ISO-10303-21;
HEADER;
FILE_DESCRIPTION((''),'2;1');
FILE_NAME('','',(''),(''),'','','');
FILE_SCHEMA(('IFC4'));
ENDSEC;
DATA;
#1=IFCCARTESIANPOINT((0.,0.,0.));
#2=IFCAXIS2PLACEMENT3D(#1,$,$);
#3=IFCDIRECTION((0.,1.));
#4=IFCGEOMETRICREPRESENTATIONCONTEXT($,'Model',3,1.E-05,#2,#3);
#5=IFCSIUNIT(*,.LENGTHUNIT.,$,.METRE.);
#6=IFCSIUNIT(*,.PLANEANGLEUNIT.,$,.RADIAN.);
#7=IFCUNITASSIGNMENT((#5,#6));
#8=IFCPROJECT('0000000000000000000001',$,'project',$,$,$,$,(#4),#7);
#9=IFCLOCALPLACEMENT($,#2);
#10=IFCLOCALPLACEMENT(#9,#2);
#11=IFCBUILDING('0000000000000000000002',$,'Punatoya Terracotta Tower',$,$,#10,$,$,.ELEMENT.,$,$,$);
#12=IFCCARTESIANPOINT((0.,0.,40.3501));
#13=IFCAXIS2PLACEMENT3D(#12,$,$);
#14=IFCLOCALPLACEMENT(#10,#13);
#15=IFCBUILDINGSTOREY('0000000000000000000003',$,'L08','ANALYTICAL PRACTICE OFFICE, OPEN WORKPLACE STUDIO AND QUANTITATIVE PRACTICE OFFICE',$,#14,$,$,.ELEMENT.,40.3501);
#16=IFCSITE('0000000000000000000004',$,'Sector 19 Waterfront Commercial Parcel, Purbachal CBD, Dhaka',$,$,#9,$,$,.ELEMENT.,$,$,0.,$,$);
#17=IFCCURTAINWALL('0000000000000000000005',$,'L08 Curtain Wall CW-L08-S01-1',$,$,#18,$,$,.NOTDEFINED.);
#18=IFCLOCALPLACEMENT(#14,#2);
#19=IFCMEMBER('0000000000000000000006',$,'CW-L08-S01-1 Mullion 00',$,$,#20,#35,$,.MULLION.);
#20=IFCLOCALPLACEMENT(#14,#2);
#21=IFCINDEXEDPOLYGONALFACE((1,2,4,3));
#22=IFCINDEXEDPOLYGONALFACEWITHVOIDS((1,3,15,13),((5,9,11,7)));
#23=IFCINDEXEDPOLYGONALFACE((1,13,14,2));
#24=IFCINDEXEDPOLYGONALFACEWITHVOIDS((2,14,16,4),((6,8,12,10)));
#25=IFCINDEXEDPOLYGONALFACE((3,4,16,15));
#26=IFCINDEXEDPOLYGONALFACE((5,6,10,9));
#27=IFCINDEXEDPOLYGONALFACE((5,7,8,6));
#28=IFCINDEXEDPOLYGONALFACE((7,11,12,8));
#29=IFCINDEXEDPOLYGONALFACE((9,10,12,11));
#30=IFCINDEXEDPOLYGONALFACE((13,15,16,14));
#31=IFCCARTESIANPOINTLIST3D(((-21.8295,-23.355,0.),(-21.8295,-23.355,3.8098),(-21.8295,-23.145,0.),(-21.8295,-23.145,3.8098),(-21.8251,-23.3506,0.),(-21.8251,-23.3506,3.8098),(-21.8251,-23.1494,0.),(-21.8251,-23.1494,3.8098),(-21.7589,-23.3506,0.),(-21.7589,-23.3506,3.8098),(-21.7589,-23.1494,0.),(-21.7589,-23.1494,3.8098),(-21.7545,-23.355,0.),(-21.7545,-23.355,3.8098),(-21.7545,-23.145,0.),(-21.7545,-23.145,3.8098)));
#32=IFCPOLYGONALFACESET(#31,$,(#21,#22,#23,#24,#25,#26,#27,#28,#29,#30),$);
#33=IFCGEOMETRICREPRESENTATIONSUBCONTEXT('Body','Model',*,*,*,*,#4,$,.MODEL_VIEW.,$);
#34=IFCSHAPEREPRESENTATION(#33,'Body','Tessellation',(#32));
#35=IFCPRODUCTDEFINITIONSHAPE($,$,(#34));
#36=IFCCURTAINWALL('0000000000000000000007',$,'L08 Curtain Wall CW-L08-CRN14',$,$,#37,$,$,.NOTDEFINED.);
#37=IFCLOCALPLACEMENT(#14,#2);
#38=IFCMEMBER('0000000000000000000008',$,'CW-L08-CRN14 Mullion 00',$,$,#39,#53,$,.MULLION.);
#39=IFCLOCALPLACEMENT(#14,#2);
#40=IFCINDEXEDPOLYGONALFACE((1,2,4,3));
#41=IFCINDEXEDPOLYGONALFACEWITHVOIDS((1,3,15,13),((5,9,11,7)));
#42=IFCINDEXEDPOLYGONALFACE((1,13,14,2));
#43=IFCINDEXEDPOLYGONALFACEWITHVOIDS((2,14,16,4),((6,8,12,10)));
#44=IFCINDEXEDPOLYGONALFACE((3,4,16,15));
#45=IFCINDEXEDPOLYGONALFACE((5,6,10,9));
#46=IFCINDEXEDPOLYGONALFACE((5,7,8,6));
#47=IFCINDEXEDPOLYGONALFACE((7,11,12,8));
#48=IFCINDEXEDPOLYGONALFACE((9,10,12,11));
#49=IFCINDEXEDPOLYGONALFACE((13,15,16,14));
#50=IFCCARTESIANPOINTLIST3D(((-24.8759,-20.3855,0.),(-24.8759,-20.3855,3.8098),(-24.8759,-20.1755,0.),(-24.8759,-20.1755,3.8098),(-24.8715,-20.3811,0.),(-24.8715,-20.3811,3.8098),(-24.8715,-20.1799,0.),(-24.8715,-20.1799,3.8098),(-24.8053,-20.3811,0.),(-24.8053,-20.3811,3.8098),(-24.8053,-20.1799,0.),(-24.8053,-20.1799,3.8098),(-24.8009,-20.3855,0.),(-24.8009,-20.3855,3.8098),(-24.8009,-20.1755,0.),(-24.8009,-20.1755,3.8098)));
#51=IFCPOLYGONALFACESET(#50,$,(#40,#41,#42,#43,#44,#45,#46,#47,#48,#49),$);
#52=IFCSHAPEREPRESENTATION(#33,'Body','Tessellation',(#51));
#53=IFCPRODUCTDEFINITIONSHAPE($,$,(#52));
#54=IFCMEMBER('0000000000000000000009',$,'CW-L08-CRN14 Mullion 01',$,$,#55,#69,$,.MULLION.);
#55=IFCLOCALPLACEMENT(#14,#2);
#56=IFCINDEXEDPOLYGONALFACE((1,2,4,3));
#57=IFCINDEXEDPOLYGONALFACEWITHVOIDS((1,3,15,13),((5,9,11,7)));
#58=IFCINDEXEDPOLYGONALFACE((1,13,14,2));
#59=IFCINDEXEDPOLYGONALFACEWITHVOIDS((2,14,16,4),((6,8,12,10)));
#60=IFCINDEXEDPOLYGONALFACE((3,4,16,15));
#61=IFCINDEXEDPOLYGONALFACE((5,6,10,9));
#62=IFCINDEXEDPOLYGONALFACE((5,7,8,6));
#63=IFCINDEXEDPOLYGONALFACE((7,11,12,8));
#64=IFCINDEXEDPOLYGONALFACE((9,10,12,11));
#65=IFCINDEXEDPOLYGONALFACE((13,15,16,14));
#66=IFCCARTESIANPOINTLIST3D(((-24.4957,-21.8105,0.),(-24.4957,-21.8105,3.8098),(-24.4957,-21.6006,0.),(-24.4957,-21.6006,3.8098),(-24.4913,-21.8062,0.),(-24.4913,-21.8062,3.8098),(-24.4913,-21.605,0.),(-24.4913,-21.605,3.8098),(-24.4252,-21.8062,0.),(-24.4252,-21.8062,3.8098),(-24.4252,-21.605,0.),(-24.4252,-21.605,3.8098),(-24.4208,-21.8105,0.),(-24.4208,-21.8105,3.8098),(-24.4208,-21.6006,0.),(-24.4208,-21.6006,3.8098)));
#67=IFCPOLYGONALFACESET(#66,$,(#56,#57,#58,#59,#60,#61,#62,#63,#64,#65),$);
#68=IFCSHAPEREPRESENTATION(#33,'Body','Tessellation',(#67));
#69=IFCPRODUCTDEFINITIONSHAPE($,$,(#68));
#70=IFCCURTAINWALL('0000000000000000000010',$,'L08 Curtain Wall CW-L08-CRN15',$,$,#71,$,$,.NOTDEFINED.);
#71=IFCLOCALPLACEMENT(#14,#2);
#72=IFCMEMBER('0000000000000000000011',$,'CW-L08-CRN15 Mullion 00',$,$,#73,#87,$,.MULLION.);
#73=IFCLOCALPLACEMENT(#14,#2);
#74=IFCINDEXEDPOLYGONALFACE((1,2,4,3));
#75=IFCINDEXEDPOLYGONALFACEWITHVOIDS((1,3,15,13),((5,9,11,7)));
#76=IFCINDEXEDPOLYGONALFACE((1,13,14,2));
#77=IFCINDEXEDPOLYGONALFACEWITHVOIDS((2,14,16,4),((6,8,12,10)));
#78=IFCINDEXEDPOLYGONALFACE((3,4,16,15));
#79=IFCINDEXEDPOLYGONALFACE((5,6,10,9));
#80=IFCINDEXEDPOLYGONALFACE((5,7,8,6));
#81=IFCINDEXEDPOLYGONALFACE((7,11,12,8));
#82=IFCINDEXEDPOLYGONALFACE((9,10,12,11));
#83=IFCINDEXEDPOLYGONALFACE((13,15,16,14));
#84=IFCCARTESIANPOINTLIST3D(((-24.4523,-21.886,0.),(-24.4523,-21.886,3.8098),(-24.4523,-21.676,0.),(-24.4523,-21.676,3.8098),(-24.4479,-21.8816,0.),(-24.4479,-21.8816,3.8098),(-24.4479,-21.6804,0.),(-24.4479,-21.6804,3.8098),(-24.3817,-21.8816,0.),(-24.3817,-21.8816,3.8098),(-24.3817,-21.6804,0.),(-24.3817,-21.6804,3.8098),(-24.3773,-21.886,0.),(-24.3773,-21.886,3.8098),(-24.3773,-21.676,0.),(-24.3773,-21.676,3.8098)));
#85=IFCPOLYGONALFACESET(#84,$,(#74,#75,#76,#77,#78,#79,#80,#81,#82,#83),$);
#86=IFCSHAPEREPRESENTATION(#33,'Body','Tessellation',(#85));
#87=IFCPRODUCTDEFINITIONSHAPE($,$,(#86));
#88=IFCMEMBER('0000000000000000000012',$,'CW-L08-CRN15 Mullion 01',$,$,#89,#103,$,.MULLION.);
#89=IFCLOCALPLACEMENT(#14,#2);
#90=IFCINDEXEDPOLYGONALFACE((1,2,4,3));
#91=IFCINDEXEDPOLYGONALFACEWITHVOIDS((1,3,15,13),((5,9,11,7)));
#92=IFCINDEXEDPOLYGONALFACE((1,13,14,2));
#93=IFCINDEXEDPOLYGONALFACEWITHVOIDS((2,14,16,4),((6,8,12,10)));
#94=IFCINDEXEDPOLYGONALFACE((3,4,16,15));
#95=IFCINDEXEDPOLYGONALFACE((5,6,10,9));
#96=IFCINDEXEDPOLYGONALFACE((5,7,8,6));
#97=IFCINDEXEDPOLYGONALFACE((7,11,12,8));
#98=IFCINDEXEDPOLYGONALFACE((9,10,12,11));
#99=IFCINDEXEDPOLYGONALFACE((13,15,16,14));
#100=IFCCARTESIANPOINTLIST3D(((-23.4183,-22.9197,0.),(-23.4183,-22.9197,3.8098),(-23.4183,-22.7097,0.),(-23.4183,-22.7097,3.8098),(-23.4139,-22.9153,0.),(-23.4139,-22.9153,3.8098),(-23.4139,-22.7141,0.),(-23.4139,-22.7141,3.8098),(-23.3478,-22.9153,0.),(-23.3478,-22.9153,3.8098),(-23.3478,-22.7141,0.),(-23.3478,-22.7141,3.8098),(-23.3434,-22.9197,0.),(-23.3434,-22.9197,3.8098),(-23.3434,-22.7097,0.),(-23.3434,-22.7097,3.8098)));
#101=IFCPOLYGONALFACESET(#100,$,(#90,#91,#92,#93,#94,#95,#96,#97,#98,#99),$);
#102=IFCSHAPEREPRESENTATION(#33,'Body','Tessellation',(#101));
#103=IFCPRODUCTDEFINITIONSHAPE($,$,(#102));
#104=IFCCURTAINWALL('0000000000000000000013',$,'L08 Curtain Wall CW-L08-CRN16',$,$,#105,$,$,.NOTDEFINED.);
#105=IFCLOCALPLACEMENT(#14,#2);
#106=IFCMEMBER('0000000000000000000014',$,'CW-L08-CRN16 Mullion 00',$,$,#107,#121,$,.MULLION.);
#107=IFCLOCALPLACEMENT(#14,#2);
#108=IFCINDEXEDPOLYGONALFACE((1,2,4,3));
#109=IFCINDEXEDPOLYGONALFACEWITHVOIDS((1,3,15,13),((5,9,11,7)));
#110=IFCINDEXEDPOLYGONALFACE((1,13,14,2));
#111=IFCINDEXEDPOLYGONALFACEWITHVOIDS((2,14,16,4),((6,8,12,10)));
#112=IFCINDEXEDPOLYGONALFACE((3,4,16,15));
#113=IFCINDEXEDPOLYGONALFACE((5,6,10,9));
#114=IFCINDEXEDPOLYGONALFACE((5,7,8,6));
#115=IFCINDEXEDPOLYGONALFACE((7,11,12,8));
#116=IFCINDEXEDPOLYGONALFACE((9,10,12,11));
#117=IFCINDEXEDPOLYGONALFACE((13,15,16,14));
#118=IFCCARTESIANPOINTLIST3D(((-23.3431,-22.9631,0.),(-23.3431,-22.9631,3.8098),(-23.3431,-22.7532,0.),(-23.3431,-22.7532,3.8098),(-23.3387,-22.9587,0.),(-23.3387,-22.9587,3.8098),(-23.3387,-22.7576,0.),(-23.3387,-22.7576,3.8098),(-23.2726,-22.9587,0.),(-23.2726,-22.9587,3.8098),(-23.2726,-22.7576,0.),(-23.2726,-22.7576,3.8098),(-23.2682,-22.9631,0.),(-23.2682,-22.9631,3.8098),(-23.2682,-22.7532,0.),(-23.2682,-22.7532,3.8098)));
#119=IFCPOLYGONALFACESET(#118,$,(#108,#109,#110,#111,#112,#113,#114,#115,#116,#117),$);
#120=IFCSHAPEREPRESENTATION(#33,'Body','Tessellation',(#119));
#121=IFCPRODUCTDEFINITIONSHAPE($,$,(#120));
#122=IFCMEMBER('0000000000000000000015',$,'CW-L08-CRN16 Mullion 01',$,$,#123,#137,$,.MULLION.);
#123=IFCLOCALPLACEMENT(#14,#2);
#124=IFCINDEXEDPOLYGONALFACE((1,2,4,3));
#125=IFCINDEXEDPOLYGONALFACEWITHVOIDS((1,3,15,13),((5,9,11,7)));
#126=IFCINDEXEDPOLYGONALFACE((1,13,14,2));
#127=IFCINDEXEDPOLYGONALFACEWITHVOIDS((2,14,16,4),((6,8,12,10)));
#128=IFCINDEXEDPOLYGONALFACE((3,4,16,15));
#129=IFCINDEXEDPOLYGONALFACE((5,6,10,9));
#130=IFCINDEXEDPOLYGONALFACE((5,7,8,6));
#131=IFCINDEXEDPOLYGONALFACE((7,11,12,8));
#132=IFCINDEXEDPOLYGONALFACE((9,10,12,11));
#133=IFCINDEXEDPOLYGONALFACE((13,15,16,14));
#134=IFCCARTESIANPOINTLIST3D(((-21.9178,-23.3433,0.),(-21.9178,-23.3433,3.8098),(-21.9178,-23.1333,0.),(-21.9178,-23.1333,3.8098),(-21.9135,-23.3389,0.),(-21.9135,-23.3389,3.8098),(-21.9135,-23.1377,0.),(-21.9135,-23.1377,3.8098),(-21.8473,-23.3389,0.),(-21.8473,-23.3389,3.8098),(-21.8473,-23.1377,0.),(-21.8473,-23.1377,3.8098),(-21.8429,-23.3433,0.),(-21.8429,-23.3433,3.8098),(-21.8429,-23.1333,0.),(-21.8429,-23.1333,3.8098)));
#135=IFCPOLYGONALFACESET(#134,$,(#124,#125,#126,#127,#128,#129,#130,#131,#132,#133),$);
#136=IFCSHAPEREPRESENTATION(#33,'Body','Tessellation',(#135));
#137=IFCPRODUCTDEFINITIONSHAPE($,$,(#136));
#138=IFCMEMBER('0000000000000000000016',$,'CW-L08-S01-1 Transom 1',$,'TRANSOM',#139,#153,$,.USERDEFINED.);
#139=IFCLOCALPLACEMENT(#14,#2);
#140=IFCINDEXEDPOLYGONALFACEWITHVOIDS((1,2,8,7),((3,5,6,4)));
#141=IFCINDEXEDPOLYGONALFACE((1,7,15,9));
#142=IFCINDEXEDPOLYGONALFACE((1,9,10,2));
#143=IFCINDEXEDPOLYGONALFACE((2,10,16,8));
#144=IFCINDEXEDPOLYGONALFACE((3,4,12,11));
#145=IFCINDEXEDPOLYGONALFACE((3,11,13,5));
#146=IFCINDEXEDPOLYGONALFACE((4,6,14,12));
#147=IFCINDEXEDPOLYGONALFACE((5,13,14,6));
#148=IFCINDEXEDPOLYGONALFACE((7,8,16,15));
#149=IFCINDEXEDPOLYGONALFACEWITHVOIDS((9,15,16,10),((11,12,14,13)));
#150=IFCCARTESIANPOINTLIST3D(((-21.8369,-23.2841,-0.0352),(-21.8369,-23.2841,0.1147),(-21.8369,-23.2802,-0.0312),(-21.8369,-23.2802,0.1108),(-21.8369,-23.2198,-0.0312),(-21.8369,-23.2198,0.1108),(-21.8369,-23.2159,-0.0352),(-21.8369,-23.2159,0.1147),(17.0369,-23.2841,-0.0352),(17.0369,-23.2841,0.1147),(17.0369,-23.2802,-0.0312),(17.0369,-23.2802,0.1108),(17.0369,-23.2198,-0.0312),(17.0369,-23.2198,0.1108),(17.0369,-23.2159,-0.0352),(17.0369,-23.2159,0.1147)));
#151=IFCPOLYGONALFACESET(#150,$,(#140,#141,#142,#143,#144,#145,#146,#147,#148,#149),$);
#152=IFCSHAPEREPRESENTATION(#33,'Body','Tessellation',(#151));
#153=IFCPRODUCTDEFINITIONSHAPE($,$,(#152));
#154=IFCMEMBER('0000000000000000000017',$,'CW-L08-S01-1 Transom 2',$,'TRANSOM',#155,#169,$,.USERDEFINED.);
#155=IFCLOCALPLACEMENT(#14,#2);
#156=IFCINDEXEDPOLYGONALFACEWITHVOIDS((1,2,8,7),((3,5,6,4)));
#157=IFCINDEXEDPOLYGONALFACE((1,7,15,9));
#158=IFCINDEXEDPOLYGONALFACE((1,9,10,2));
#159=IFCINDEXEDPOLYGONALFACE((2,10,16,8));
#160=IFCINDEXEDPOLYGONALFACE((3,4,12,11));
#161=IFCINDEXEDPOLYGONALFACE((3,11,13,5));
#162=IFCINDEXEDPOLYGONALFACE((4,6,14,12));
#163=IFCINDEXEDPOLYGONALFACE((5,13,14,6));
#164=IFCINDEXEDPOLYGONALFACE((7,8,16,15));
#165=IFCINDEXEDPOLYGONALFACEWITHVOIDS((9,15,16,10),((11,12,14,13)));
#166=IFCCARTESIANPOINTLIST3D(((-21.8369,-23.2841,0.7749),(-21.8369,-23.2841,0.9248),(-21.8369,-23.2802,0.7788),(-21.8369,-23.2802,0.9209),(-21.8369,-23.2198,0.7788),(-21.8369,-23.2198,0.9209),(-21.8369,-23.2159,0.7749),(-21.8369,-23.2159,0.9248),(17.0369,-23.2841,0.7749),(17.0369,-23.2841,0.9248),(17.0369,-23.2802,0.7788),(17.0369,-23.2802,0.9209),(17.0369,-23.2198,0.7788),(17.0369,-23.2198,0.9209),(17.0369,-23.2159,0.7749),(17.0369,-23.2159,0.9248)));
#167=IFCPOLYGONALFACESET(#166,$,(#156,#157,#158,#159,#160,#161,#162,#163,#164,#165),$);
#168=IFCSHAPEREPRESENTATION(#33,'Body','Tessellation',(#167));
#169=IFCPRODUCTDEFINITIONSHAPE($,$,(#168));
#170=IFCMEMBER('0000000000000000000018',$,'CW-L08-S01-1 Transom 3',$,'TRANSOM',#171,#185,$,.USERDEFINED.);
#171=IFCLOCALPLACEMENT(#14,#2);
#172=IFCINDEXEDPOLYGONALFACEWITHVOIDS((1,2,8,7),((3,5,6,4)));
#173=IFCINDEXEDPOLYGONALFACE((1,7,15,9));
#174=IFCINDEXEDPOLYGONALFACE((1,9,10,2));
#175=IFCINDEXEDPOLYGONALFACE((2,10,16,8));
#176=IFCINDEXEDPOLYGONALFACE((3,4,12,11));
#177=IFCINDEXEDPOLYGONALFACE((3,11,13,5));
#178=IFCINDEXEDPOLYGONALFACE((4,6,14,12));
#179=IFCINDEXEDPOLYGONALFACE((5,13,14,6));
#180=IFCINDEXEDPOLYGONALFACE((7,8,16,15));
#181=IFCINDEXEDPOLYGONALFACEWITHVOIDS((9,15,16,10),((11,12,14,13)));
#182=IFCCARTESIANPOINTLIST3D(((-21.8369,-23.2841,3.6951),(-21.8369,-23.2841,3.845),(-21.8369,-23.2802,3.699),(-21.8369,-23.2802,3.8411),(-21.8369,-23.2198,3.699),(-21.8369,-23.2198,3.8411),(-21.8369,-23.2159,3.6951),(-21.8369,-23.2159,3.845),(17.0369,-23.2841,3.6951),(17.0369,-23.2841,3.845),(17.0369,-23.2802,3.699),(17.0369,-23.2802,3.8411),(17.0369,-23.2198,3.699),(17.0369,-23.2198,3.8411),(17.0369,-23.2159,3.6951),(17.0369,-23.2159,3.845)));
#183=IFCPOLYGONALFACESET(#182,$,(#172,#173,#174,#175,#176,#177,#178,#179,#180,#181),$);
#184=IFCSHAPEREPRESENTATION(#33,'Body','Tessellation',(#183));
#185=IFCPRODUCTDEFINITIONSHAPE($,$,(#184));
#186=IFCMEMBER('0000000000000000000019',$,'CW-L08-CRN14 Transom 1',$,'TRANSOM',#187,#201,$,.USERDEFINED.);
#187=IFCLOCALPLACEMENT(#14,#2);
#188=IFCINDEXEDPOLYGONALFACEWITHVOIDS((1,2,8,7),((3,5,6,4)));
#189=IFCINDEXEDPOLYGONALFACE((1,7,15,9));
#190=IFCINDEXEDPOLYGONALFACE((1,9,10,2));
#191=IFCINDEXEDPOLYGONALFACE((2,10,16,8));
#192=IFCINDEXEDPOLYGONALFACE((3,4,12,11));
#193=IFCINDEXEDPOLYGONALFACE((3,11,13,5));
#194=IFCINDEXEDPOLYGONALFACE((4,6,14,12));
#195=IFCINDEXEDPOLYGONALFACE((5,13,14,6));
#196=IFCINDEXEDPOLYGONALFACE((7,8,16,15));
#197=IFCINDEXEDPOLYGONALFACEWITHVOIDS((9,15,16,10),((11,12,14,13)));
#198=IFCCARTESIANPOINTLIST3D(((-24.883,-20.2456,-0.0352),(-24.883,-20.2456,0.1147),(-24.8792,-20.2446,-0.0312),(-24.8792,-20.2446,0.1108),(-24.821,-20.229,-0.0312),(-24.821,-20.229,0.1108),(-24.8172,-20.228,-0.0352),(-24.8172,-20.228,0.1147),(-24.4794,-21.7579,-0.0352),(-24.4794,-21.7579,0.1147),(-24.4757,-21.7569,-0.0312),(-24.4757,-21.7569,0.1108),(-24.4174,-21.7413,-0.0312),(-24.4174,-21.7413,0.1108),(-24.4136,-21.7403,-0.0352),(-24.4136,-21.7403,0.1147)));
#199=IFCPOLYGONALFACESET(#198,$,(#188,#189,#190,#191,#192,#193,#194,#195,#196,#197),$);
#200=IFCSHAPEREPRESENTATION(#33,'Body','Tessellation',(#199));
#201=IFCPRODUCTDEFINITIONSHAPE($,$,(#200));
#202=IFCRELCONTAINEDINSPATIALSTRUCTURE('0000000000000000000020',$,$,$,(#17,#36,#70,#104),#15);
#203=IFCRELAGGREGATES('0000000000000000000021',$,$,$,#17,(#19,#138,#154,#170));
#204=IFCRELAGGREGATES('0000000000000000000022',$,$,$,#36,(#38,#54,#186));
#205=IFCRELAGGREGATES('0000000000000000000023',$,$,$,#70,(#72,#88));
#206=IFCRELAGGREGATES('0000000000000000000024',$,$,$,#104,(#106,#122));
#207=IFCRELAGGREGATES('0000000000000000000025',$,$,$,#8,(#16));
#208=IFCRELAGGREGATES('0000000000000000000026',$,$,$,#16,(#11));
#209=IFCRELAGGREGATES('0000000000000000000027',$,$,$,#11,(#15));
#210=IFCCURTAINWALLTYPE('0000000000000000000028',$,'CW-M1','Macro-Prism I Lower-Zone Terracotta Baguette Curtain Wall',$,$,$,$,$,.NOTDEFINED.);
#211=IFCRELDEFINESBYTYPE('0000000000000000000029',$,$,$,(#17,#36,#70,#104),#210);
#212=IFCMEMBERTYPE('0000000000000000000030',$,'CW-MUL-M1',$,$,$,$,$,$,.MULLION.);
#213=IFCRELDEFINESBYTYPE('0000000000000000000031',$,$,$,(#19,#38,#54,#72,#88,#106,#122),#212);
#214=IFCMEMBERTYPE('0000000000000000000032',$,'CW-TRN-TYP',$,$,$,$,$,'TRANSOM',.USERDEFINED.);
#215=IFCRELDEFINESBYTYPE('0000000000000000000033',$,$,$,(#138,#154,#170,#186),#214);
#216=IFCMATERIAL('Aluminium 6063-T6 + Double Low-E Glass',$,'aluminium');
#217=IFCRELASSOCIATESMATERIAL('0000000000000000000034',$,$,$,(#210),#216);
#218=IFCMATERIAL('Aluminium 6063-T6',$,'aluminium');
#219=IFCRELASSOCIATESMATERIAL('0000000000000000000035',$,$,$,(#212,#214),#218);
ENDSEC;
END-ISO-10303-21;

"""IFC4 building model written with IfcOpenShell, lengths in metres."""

from ifc_helpers import new_model, si_unit, direction, frame, origin, origin_2d, place, context, subcontext, project, spatial, hollow_rectangle, extrude, material, material_profile, profile_set, type_object, element, aggregate, save


model = new_model("IFC4")

# Units and contexts
model_context = context("Model", 3, precision=1e-05, world=origin(), true_north=direction((0.0, 1.0)))
body_context = subcontext(model_context, "Body", "Model", "MODEL_VIEW")
ifc_project = project(units=[si_unit("LENGTHUNIT", "METRE"), si_unit("PLANEANGLEUNIT", "RADIAN")], contexts=[model_context])

# Site, building, storey
site_placement = place(None, origin())
site = spatial("IfcSite", under=ifc_project, at=site_placement, Name="Sector 19 Waterfront Commercial Parcel, Purbachal CBD, Dhaka", CompositionType="ELEMENT", RefElevation=0.0)
building_placement = place(site_placement, origin())
building = spatial("IfcBuilding", under=site, at=building_placement, Name="Punatoya Terracotta Tower", CompositionType="ELEMENT")
storey_placement = place(building_placement, frame((0.0, 0.0, 40.3501)))
storey = spatial("IfcBuildingStorey", under=building, at=storey_placement, Name="L08", Description="ANALYTICAL PRACTICE OFFICE, OPEN WORKPLACE STUDIO AND QUANTITATIVE PRACTICE OFFICE", CompositionType="ELEMENT", Elevation=40.3501)

# Curtain wall, member
ifc_material_1 = material(Name="Aluminium 6063-T6 + Double Low-E Glass", Category="aluminium")
curtain_wall_type = type_object("IfcCurtainWallType", Name="CW-M1", Description="Macro-Prism I Lower-Zone Terracotta Baguette Curtain Wall", PredefinedType="NOTDEFINED", material=ifc_material_1)
curtain_wall_1_placement = place(storey_placement, origin())
curtain_wall_1 = element("IfcCurtainWall", 1, at=curtain_wall_1_placement, inside=storey, type_object=curtain_wall_type, Name="L08 Curtain Wall CW-L08-S01-1", PredefinedType="NOTDEFINED")
ifc_material_2 = material(Name="Aluminium 6063-T6", Category="aluminium")
ifc_material_profile_1 = material_profile(ifc_material_2, hollow_rectangle(XDim=0.075, YDim=0.21, WallThickness=0.0044, at=origin_2d()))
ifc_profile_set_1 = profile_set([ifc_material_profile_1], Name="Aluminium 6063-T6")
member_type_1 = type_object("IfcMemberType", Name="CW-MUL-M1", PredefinedType="MULLION", material=ifc_profile_set_1)
member_1_placement = place(storey_placement, frame((-21.792, -23.25, 0.0), z_axis=(0.0, 0.0, 1.0), x_axis=(1.0, 0.0, 0.0)))
member_1 = element("IfcMember", 2, at=member_1_placement, type_object=member_type_1, Name="CW-L08-S01-1 Mullion 00", PredefinedType="MULLION", context=body_context, shape_type="SweptSolid", body=[
    extrude(hollow_rectangle(XDim=0.075, YDim=0.21, WallThickness=0.0044, at=origin_2d()), origin(), (0.0, 0.0, 1.0), 3.8098),
])

# Curtain walls, members
curtain_wall_2_placement = place(storey_placement, origin())
curtain_wall_2 = element("IfcCurtainWall", 3, at=curtain_wall_2_placement, inside=storey, type_object=curtain_wall_type, Name="L08 Curtain Wall CW-L08-CRN14", PredefinedType="NOTDEFINED")
member_2_placement = place(storey_placement, frame((-24.8384, -20.2805, 0.0), z_axis=(0.0, 0.0, 1.0), x_axis=(1.0, 0.0, 0.0)))
member_2 = element("IfcMember", 4, at=member_2_placement, type_object=member_type_1, Name="CW-L08-CRN14 Mullion 00", PredefinedType="MULLION", context=body_context, shape_type="SweptSolid", body=[
    extrude(hollow_rectangle(XDim=0.075, YDim=0.21, WallThickness=0.0044, at=origin_2d()), origin(), (0.0, 0.0, 1.0), 3.8098),
])
member_3_placement = place(storey_placement, frame((-24.4583, -21.7056, 0.0), z_axis=(0.0, 0.0, 1.0), x_axis=(1.0, 0.0, 0.0)))
member_3 = element("IfcMember", 5, at=member_3_placement, type_object=member_type_1, Name="CW-L08-CRN14 Mullion 01", PredefinedType="MULLION", context=body_context, shape_type="SweptSolid", body=[
    extrude(hollow_rectangle(XDim=0.075, YDim=0.21, WallThickness=0.0044, at=origin_2d()), origin(), (0.0, 0.0, 1.0), 3.8098),
])
curtain_wall_3_placement = place(storey_placement, origin())
curtain_wall_3 = element("IfcCurtainWall", 6, at=curtain_wall_3_placement, inside=storey, type_object=curtain_wall_type, Name="L08 Curtain Wall CW-L08-CRN15", PredefinedType="NOTDEFINED")
member_4_placement = place(storey_placement, frame((-24.4148, -21.781, 0.0), z_axis=(0.0, 0.0, 1.0), x_axis=(1.0, 0.0, 0.0)))
member_4 = element("IfcMember", 7, at=member_4_placement, type_object=member_type_1, Name="CW-L08-CRN15 Mullion 00", PredefinedType="MULLION", context=body_context, shape_type="SweptSolid", body=[
    extrude(hollow_rectangle(XDim=0.075, YDim=0.21, WallThickness=0.0044, at=origin_2d()), origin(), (0.0, 0.0, 1.0), 3.8098),
])
member_5_placement = place(storey_placement, frame((-23.3809, -22.8147, 0.0), z_axis=(0.0, 0.0, 1.0), x_axis=(1.0, 0.0, 0.0)))
member_5 = element("IfcMember", 8, at=member_5_placement, type_object=member_type_1, Name="CW-L08-CRN15 Mullion 01", PredefinedType="MULLION", context=body_context, shape_type="SweptSolid", body=[
    extrude(hollow_rectangle(XDim=0.075, YDim=0.21, WallThickness=0.0044, at=origin_2d()), origin(), (0.0, 0.0, 1.0), 3.8098),
])
curtain_wall_4_placement = place(storey_placement, origin())
curtain_wall_4 = element("IfcCurtainWall", 9, at=curtain_wall_4_placement, inside=storey, type_object=curtain_wall_type, Name="L08 Curtain Wall CW-L08-CRN16", PredefinedType="NOTDEFINED")
member_6_placement = place(storey_placement, frame((-23.3057, -22.8582, 0.0), z_axis=(0.0, 0.0, 1.0), x_axis=(1.0, 0.0, 0.0)))
member_6 = element("IfcMember", 10, at=member_6_placement, type_object=member_type_1, Name="CW-L08-CRN16 Mullion 00", PredefinedType="MULLION", context=body_context, shape_type="SweptSolid", body=[
    extrude(hollow_rectangle(XDim=0.075, YDim=0.21, WallThickness=0.0044, at=origin_2d()), origin(), (0.0, 0.0, 1.0), 3.8098),
])
member_7_placement = place(storey_placement, frame((-21.8804, -23.2383, 0.0), z_axis=(0.0, 0.0, 1.0), x_axis=(1.0, 0.0, 0.0)))
member_7 = element("IfcMember", 11, at=member_7_placement, type_object=member_type_1, Name="CW-L08-CRN16 Mullion 01", PredefinedType="MULLION", context=body_context, shape_type="SweptSolid", body=[
    extrude(hollow_rectangle(XDim=0.075, YDim=0.21, WallThickness=0.0044, at=origin_2d()), origin(), (0.0, 0.0, 1.0), 3.8098),
])

# Members
ifc_material_profile_2 = material_profile(ifc_material_2, hollow_rectangle(XDim=0.0681, YDim=0.1499, WallThickness=0.0039, at=origin_2d()))
ifc_profile_set_2 = profile_set([ifc_material_profile_2], Name="Aluminium 6063-T6")
member_type_2 = type_object("IfcMemberType", Name="CW-TRN-TYP", ElementType="TRANSOM", PredefinedType="USERDEFINED", material=ifc_profile_set_2)
member_8_placement = place(storey_placement, frame((-21.8369, -23.25, 0.0398), z_axis=(1.0, 0.0, 0.0), x_axis=(0.0, 1.0, 0.0)))
member_8 = element("IfcMember", 12, at=member_8_placement, type_object=member_type_2, Name="CW-L08-S01-1 Transom 1", ObjectType="TRANSOM", PredefinedType="USERDEFINED", context=body_context, shape_type="SweptSolid", body=[
    extrude(hollow_rectangle(XDim=0.0681, YDim=0.1499, WallThickness=0.0039, at=origin_2d()), origin(), (0.0, 0.0, 1.0), 38.8738),
])
member_9_placement = place(storey_placement, frame((-21.8369, -23.25, 0.8499), z_axis=(1.0, 0.0, 0.0), x_axis=(0.0, 1.0, 0.0)))
member_9 = element("IfcMember", 13, at=member_9_placement, type_object=member_type_2, Name="CW-L08-S01-1 Transom 2", ObjectType="TRANSOM", PredefinedType="USERDEFINED", context=body_context, shape_type="SweptSolid", body=[
    extrude(hollow_rectangle(XDim=0.0681, YDim=0.1499, WallThickness=0.0039, at=origin_2d()), origin(), (0.0, 0.0, 1.0), 38.8738),
])
member_10_placement = place(storey_placement, frame((-21.8369, -23.25, 3.77), z_axis=(1.0, 0.0, 0.0), x_axis=(0.0, 1.0, 0.0)))
member_10 = element("IfcMember", 14, at=member_10_placement, type_object=member_type_2, Name="CW-L08-S01-1 Transom 3", ObjectType="TRANSOM", PredefinedType="USERDEFINED", context=body_context, shape_type="SweptSolid", body=[
    extrude(hollow_rectangle(XDim=0.0681, YDim=0.1499, WallThickness=0.0039, at=origin_2d()), origin(), (0.0, 0.0, 1.0), 38.8738),
])
member_11_placement = place(storey_placement, frame((-24.8501, -20.2368, 0.0398), z_axis=(0.257847, -0.966186, 0.0), x_axis=(0.966186, 0.257847, 0.0)))
member_11 = element("IfcMember", 15, at=member_11_placement, type_object=member_type_2, Name="CW-L08-CRN14 Transom 1", ObjectType="TRANSOM", PredefinedType="USERDEFINED", context=body_context, shape_type="SweptSolid", body=[
    extrude(hollow_rectangle(XDim=0.0681, YDim=0.1499, WallThickness=0.0039, at=origin_2d()), origin(), (0.0, 0.0, 1.0), 1.5652),
])

aggregate(curtain_wall_1, [member_1, member_8, member_9, member_10])
aggregate(curtain_wall_2, [member_2, member_3, member_11])
aggregate(curtain_wall_3, [member_4, member_5])
aggregate(curtain_wall_4, [member_6, member_7])

save(model, "model.ifc")
